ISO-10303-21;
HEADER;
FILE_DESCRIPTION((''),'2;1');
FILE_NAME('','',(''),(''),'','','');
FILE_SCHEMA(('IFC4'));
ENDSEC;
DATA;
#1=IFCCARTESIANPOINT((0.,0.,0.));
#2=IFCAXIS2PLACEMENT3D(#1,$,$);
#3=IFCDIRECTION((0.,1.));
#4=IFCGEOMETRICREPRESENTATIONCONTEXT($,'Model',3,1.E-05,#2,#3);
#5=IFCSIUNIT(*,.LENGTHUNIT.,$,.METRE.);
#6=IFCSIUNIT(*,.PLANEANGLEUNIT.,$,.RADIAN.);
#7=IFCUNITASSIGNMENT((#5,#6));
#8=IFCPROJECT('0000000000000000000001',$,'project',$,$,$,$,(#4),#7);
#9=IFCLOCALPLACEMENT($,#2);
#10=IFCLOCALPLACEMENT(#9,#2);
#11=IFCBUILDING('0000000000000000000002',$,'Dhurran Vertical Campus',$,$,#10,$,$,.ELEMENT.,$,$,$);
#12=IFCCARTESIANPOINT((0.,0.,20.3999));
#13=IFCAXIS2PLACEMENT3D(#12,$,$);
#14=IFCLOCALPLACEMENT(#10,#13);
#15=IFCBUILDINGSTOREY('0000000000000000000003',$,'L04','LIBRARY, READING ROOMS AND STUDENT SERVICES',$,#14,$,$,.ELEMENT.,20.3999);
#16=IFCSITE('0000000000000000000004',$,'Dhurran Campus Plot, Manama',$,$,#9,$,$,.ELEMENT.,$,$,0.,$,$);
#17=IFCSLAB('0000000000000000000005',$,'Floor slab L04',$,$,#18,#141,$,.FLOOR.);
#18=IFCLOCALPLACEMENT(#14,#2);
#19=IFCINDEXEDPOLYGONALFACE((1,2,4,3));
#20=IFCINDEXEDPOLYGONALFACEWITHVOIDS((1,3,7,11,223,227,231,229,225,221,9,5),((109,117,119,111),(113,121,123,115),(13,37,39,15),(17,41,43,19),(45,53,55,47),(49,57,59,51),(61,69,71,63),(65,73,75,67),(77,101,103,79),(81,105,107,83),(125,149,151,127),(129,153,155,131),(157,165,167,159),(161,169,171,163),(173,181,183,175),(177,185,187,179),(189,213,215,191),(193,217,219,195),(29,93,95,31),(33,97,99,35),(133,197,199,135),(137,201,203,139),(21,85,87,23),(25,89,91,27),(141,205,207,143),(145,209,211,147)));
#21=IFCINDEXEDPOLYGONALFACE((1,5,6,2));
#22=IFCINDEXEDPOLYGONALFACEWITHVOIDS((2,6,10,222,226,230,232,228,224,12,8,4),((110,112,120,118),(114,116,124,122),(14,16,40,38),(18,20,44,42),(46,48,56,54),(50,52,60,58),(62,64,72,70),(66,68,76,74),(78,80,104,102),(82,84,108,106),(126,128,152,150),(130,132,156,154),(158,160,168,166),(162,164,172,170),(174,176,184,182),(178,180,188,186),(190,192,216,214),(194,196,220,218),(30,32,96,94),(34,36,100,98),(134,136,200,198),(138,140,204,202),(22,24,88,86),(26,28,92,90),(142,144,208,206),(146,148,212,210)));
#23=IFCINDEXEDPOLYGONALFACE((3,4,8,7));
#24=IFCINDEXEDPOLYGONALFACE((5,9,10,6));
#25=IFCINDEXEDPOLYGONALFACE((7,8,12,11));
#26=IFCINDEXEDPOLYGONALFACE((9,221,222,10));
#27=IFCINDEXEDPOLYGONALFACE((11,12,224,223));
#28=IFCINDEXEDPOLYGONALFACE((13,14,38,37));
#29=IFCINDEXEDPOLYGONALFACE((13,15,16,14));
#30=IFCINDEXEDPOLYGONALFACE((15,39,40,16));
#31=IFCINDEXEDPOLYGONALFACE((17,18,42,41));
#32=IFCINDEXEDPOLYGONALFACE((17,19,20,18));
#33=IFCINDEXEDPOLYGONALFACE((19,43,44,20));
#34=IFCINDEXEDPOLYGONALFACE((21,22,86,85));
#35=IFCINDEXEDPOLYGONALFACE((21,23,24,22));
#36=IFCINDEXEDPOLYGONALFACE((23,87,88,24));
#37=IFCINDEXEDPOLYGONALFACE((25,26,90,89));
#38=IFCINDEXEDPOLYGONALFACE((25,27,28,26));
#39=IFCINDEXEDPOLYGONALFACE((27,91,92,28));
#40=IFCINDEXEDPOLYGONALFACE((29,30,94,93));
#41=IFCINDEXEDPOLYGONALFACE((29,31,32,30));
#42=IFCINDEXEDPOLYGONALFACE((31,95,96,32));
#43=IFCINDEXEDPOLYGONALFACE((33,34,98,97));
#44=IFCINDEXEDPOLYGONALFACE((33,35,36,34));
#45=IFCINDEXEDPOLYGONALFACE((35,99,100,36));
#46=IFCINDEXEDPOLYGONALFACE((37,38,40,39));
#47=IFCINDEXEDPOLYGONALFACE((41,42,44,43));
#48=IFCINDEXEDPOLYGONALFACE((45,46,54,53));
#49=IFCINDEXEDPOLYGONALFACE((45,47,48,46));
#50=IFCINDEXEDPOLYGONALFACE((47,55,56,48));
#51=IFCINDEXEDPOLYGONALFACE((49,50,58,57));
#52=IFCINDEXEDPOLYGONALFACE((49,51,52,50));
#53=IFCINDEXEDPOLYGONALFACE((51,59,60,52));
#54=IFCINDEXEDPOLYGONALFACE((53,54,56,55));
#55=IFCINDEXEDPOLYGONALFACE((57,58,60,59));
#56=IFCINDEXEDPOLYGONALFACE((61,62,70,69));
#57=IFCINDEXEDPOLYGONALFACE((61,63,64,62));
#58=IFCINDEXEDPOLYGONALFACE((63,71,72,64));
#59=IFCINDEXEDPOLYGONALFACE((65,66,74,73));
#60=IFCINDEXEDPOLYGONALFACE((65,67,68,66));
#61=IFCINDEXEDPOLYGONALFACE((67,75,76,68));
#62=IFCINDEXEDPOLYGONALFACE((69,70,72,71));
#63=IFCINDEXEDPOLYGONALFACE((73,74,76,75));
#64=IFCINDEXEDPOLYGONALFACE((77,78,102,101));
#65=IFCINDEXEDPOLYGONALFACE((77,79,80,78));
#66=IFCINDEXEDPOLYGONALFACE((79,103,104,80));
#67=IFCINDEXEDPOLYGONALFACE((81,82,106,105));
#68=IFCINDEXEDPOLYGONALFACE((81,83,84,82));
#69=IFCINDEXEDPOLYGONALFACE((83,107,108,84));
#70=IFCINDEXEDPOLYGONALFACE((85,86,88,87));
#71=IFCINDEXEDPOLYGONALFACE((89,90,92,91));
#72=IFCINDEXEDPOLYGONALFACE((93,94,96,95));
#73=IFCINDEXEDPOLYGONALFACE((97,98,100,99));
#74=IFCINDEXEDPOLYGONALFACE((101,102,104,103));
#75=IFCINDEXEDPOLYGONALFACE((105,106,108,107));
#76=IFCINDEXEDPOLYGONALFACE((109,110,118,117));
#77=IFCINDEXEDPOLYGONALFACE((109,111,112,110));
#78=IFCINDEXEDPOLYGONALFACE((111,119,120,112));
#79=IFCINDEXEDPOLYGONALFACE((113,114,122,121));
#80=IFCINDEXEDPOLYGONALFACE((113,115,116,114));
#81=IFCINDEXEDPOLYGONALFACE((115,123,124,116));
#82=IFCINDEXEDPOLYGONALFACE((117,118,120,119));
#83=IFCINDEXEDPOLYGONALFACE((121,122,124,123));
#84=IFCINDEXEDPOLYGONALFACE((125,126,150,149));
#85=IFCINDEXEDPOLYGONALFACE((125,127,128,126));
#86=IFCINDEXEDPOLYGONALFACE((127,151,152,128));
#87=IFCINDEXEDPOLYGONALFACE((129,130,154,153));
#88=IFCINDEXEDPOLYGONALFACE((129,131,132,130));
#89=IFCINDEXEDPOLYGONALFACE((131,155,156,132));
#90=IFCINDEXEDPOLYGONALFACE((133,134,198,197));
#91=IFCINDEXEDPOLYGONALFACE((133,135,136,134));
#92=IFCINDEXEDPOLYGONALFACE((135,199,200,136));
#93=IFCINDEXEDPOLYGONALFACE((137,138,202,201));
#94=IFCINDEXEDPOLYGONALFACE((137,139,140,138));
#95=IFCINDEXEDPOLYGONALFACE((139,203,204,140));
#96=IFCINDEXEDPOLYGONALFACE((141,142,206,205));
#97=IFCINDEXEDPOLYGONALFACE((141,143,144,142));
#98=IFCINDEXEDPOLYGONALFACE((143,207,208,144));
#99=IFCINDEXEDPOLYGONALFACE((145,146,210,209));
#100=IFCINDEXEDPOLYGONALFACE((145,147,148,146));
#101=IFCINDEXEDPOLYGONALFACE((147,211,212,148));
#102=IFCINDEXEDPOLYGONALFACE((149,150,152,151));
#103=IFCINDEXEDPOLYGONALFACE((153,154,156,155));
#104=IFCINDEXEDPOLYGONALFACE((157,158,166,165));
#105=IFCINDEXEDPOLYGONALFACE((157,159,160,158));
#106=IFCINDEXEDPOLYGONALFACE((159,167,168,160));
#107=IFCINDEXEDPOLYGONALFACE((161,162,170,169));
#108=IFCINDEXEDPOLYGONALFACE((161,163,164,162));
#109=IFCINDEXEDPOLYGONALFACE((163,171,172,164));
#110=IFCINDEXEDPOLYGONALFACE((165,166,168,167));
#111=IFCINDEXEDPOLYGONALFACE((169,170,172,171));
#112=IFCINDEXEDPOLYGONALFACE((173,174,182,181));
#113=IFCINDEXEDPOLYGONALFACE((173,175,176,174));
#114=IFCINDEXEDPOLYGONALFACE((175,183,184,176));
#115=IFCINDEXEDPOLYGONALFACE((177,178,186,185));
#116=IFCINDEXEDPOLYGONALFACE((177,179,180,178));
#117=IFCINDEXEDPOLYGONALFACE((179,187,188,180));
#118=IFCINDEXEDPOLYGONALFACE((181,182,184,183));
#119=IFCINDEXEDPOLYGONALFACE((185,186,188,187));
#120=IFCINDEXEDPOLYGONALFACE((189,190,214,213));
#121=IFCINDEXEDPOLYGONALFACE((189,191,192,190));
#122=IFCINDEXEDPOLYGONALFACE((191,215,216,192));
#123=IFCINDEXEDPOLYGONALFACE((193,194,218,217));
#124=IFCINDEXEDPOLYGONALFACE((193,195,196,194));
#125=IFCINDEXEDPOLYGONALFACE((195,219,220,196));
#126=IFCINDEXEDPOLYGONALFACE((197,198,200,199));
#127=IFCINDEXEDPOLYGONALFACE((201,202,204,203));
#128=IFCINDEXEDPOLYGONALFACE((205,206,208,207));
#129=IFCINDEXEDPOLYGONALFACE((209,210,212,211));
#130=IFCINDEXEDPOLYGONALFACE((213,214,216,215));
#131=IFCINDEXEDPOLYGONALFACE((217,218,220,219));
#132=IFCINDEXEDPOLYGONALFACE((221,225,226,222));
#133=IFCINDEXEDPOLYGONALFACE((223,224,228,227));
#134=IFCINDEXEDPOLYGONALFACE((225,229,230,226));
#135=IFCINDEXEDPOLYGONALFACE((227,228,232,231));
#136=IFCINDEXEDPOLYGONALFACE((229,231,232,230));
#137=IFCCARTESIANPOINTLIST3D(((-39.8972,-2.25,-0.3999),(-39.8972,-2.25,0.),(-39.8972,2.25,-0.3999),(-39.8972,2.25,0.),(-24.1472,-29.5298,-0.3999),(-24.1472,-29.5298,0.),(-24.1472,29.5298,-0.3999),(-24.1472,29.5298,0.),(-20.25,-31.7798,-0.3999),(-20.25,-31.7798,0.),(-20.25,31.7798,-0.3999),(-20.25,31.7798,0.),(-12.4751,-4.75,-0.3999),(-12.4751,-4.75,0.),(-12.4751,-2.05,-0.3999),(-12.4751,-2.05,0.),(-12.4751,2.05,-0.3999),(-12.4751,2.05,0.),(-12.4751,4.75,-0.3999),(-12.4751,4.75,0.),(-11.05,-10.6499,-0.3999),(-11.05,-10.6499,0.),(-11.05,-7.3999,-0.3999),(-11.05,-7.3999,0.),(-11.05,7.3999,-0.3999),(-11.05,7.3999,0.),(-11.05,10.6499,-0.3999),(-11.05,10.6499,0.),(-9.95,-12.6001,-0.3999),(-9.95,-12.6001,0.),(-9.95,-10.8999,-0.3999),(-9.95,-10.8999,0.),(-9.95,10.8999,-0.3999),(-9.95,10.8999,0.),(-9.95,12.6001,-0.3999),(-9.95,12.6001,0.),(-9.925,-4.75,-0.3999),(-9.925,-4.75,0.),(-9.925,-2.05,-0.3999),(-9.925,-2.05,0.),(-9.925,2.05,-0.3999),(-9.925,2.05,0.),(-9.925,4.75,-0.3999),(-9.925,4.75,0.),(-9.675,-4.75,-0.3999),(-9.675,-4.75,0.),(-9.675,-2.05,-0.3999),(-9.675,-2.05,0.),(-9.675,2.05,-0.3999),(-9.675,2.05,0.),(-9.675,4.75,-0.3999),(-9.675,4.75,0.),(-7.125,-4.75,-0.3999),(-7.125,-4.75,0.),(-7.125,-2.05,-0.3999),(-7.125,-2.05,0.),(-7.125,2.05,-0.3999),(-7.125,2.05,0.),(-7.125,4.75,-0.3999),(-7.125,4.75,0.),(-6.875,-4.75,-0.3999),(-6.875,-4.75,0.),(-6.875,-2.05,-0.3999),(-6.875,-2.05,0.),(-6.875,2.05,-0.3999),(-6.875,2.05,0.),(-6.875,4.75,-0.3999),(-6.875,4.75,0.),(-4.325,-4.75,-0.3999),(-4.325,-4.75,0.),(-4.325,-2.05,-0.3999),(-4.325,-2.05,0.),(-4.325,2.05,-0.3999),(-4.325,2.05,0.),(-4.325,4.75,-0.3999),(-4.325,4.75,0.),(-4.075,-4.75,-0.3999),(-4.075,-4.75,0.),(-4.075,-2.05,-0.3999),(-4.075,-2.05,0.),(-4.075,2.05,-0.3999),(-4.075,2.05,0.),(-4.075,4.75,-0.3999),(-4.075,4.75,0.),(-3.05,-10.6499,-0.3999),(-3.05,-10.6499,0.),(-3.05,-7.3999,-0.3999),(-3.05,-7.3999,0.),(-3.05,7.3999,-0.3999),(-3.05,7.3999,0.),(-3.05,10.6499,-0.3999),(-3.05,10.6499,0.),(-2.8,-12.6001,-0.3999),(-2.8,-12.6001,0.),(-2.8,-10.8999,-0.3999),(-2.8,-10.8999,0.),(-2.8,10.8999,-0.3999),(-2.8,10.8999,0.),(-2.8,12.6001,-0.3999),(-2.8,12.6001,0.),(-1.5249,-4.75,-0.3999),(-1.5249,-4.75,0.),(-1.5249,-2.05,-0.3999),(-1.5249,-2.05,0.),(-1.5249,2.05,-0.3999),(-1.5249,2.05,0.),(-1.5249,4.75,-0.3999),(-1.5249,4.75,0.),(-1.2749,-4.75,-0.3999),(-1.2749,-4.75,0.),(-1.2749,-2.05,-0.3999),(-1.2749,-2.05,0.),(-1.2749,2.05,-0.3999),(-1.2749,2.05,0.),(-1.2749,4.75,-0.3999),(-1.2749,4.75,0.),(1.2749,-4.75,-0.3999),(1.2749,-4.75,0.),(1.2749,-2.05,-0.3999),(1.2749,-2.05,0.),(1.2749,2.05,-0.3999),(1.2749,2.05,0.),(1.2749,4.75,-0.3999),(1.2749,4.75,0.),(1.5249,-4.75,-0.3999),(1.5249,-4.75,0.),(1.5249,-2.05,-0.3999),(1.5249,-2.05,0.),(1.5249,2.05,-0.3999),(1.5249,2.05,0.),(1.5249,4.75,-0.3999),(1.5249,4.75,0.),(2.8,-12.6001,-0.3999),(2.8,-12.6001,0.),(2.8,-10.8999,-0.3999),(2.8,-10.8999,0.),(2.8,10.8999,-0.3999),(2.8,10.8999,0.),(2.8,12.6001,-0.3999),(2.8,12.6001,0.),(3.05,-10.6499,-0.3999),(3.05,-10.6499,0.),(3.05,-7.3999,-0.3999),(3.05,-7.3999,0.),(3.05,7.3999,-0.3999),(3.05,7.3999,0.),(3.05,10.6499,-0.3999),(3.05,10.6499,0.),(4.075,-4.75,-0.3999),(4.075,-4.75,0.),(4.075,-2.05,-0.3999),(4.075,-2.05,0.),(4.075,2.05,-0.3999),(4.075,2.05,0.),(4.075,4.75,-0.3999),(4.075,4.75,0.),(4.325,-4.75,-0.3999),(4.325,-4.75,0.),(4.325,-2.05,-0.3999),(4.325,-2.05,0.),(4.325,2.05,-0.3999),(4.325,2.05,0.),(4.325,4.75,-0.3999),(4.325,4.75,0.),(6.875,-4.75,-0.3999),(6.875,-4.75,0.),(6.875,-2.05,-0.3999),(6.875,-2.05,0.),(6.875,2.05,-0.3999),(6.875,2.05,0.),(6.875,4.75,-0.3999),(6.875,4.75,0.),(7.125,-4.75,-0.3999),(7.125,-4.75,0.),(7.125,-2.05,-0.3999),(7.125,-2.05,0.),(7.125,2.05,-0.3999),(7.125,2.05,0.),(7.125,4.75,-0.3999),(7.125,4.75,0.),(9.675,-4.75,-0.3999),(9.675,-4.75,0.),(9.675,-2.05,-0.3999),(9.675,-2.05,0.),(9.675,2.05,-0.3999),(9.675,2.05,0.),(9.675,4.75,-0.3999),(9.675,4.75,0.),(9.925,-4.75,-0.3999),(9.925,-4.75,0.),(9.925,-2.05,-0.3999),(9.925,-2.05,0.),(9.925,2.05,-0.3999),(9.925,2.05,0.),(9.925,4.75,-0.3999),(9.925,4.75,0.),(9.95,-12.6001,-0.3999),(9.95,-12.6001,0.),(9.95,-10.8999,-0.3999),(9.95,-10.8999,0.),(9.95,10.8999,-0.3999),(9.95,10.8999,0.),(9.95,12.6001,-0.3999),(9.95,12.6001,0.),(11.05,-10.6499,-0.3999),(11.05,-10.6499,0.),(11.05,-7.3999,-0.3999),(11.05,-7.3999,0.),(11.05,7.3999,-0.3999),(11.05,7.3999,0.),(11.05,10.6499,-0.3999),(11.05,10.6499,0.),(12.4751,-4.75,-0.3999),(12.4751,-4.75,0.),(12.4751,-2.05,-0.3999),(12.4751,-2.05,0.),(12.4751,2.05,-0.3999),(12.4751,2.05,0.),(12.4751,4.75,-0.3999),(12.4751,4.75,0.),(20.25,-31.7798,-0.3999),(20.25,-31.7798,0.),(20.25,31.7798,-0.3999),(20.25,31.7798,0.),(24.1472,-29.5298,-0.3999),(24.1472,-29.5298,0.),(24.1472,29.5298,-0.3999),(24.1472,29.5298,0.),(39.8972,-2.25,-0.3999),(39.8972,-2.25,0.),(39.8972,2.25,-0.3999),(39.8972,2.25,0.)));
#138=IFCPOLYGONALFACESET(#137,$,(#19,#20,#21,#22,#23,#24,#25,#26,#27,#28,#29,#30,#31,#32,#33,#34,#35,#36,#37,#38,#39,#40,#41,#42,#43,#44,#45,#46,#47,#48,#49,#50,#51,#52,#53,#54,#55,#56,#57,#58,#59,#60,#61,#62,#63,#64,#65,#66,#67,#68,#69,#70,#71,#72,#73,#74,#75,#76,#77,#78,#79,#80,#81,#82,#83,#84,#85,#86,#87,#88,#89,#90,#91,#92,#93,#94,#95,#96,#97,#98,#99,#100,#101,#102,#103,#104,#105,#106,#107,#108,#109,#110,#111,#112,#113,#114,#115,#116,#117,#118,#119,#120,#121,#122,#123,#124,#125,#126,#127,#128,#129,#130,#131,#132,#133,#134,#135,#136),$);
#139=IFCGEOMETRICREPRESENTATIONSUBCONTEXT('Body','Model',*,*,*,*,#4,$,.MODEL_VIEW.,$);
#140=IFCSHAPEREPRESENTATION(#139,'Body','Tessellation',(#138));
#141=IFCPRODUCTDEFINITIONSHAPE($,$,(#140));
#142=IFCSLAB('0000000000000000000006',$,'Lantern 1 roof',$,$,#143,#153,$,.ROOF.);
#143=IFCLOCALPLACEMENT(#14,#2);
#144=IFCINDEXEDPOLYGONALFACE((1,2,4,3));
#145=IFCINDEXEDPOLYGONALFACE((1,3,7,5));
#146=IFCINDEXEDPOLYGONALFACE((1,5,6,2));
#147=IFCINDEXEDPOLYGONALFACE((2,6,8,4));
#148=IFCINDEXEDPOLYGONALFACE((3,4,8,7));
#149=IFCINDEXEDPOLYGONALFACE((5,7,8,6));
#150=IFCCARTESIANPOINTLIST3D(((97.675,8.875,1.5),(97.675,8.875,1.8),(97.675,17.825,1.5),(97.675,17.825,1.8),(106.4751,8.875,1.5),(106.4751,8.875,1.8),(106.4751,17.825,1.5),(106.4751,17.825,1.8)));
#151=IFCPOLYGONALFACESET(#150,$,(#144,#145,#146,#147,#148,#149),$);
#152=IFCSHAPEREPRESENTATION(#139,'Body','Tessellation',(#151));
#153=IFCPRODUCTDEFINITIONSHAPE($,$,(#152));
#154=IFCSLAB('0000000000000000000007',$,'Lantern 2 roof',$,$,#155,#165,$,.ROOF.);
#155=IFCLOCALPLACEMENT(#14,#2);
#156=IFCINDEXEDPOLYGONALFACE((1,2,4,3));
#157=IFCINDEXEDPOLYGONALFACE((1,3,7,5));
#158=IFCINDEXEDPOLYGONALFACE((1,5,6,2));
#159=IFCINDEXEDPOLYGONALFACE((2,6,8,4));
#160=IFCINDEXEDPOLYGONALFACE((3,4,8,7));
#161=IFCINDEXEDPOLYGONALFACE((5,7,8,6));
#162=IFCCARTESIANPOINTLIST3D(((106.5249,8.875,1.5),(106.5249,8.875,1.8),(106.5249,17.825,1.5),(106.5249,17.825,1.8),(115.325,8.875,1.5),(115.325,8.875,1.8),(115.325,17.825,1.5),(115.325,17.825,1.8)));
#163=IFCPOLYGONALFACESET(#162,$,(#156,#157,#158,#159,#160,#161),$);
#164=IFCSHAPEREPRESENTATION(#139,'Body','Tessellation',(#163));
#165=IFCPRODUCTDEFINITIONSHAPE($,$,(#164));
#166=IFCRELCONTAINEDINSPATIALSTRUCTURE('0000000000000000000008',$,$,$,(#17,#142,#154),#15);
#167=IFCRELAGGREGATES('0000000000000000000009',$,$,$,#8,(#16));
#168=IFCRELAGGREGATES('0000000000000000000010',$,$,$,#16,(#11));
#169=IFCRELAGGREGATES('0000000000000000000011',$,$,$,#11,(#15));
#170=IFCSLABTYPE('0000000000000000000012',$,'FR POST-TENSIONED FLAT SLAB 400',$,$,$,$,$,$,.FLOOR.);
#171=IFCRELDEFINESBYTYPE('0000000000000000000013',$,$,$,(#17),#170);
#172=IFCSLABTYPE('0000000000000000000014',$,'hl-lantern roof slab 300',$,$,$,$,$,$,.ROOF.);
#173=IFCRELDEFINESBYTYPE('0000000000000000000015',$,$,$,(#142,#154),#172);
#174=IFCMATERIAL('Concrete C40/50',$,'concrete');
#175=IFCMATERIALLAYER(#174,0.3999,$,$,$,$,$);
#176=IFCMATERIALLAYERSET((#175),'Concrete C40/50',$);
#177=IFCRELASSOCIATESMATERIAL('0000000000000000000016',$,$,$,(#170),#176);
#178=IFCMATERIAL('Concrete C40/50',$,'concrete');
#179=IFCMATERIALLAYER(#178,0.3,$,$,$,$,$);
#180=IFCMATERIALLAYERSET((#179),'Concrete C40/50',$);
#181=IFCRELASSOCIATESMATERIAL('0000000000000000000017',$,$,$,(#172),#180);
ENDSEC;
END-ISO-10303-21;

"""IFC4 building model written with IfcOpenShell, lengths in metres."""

from ifc_helpers import new_model, si_unit, direction, frame, origin, place, context, subcontext, project, spatial, polyline, outline, extrude, material, layer, layer_set, type_object, element, save


model = new_model("IFC4")

# Units and contexts
model_context = context("Model", 3, precision=1e-05, world=origin(), true_north=direction((0.0, 1.0)))
body_context = subcontext(model_context, "Body", "Model", "MODEL_VIEW")
ifc_project = project(units=[si_unit("LENGTHUNIT", "METRE"), si_unit("PLANEANGLEUNIT", "RADIAN")], contexts=[model_context])

# Site, building, storey
site_placement = place(None, origin())
site = spatial("IfcSite", under=ifc_project, at=site_placement, Name="Dhurran Campus Plot, Manama", CompositionType="ELEMENT", RefElevation=0.0)
building_placement = place(site_placement, origin())
building = spatial("IfcBuilding", under=site, at=building_placement, Name="Dhurran Vertical Campus", CompositionType="ELEMENT")
storey_placement = place(building_placement, frame((0.0, 0.0, 20.3999)))
storey = spatial("IfcBuildingStorey", under=building, at=storey_placement, Name="L04", Description="LIBRARY, READING ROOMS AND STUDENT SERVICES", CompositionType="ELEMENT", Elevation=20.3999)

# Slabs
ifc_material_1 = material(Name="Concrete C40/50", Category="concrete")
ifc_layer_1 = layer(ifc_material_1, 0.3999)
ifc_layer_set_1 = layer_set([ifc_layer_1], Name="Concrete C40/50")
slab_type_1 = type_object("IfcSlabType", Name="FR POST-TENSIONED FLAT SLAB 400", PredefinedType="FLOOR", material=ifc_layer_set_1)
slab_1_placement = place(storey_placement, frame((0.0, 0.0, -0.3999)))
element("IfcSlab", 1, at=slab_1_placement, inside=storey, type_object=slab_type_1, Name="Floor slab L04", PredefinedType="FLOOR", context=body_context, shape_type="SweptSolid", body=[
    extrude(outline(polyline([(-20.25, -31.7798), (20.25, -31.7798), (24.1472, -29.5298), (39.8972, -2.25), (39.8972, 2.25), (24.1472, 29.5298), (20.25, 31.7798), (-20.25, 31.7798), (-24.1472, 29.5298), (-39.8972, 2.25), (-39.8972, -2.25), (-24.1472, -29.5298), (-20.25, -31.7798)]), holes=[polyline([(-12.4751, 2.05), (-9.925, 2.05), (-9.925, 4.75), (-12.4751, 4.75), (-12.4751, 2.05)]), polyline([(-9.675, 2.05), (-7.125, 2.05), (-7.125, 4.75), (-9.675, 4.75), (-9.675, 2.05)]), polyline([(-6.875, 2.05), (-4.325, 2.05), (-4.325, 4.75), (-6.875, 4.75), (-6.875, 2.05)]), polyline([(-1.2749, 2.05), (1.2749, 2.05), (1.2749, 4.75), (-1.2749, 4.75), (-1.2749, 2.05)]), polyline([(9.925, 2.05), (12.4751, 2.05), (12.4751, 4.75), (9.925, 4.75), (9.925, 2.05)]), polyline([(-1.2749, -4.75), (1.2749, -4.75), (1.2749, -2.05), (-1.2749, -2.05), (-1.2749, -4.75)]), polyline([(1.5249, -4.75), (4.075, -4.75), (4.075, -2.05), (1.5249, -2.05), (1.5249, -4.75)]), polyline([(4.325, -4.75), (6.875, -4.75), (6.875, -2.05), (4.325, -2.05), (4.325, -4.75)]), polyline([(7.125, -4.75), (9.675, -4.75), (9.675, -2.05), (7.125, -2.05), (7.125, -4.75)]), polyline([(9.925, -4.75), (12.4751, -4.75), (12.4751, -2.05), (9.925, -2.05), (9.925, -4.75)]), polyline([(-4.075, 2.05), (-1.5249, 2.05), (-1.5249, 4.75), (-4.075, 4.75), (-4.075, 2.05)]), polyline([(1.5249, 2.05), (4.075, 2.05), (4.075, 4.75), (1.5249, 4.75), (1.5249, 2.05)]), polyline([(4.325, 2.05), (6.875, 2.05), (6.875, 4.75), (4.325, 4.75), (4.325, 2.05)]), polyline([(7.125, 2.05), (9.675, 2.05), (9.675, 4.75), (7.125, 4.75), (7.125, 2.05)]), polyline([(-12.4751, -4.75), (-9.925, -4.75), (-9.925, -2.05), (-12.4751, -2.05), (-12.4751, -4.75)]), polyline([(-9.675, -4.75), (-7.125, -4.75), (-7.125, -2.05), (-9.675, -2.05), (-9.675, -4.75)]), polyline([(-6.875, -4.75), (-4.325, -4.75), (-4.325, -2.05), (-6.875, -2.05), (-6.875, -4.75)]), polyline([(-4.075, -4.75), (-1.5249, -4.75), (-1.5249, -2.05), (-4.075, -2.05), (-4.075, -4.75)]), polyline([(-11.05, 7.3999), (-3.05, 7.3999), (-3.05, 10.6499), (-11.05, 10.6499), (-11.05, 7.3999)]), polyline([(3.05, 7.3999), (11.05, 7.3999), (11.05, 10.6499), (3.05, 10.6499), (3.05, 7.3999)]), polyline([(-11.05, -10.6499), (-3.05, -10.6499), (-3.05, -7.3999), (-11.05, -7.3999), (-11.05, -10.6499)]), polyline([(3.05, -10.6499), (11.05, -10.6499), (11.05, -7.3999), (3.05, -7.3999), (3.05, -10.6499)]), polyline([(-9.95, 10.8999), (-9.95, 12.6001), (-2.8, 12.6001), (-2.8, 10.8999), (-9.95, 10.8999)]), polyline([(9.95, 12.6001), (9.95, 10.8999), (2.8, 10.8999), (2.8, 12.6001), (9.95, 12.6001)]), polyline([(-9.95, -12.6001), (-9.95, -10.8999), (-2.8, -10.8999), (-2.8, -12.6001), (-9.95, -12.6001)]), polyline([(9.95, -10.8999), (9.95, -12.6001), (2.8, -12.6001), (2.8, -10.8999), (9.95, -10.8999)])]), origin(), (0.0, 0.0, 1.0), 0.3999),
])
ifc_material_2 = material(Name="Concrete C40/50", Category="concrete")
ifc_layer_2 = layer(ifc_material_2, 0.3)
ifc_layer_set_2 = layer_set([ifc_layer_2], Name="Concrete C40/50")
slab_type_2 = type_object("IfcSlabType", Name="hl-lantern roof slab 300", PredefinedType="ROOF", material=ifc_layer_set_2)
slab_2_placement = place(storey_placement, frame((0.0, 0.0, 1.5)))
element("IfcSlab", 2, at=slab_2_placement, inside=storey, type_object=slab_type_2, Name="Lantern 1 roof", PredefinedType="ROOF", context=body_context, shape_type="SweptSolid", body=[
    extrude(outline(polyline([(97.675, 8.875), (106.4751, 8.875), (106.4751, 17.825), (97.675, 17.825), (97.675, 8.875)])), origin(), (0.0, 0.0, 1.0), 0.3),
])
slab_3_placement = place(storey_placement, frame((0.0, 0.0, 1.5)))
element("IfcSlab", 3, at=slab_3_placement, inside=storey, type_object=slab_type_2, Name="Lantern 2 roof", PredefinedType="ROOF", context=body_context, shape_type="SweptSolid", body=[
    extrude(outline(polyline([(106.5249, 8.875), (115.325, 8.875), (115.325, 17.825), (106.5249, 17.825), (106.5249, 8.875)])), origin(), (0.0, 0.0, 1.0), 0.3),
])

save(model, "model.ifc")
